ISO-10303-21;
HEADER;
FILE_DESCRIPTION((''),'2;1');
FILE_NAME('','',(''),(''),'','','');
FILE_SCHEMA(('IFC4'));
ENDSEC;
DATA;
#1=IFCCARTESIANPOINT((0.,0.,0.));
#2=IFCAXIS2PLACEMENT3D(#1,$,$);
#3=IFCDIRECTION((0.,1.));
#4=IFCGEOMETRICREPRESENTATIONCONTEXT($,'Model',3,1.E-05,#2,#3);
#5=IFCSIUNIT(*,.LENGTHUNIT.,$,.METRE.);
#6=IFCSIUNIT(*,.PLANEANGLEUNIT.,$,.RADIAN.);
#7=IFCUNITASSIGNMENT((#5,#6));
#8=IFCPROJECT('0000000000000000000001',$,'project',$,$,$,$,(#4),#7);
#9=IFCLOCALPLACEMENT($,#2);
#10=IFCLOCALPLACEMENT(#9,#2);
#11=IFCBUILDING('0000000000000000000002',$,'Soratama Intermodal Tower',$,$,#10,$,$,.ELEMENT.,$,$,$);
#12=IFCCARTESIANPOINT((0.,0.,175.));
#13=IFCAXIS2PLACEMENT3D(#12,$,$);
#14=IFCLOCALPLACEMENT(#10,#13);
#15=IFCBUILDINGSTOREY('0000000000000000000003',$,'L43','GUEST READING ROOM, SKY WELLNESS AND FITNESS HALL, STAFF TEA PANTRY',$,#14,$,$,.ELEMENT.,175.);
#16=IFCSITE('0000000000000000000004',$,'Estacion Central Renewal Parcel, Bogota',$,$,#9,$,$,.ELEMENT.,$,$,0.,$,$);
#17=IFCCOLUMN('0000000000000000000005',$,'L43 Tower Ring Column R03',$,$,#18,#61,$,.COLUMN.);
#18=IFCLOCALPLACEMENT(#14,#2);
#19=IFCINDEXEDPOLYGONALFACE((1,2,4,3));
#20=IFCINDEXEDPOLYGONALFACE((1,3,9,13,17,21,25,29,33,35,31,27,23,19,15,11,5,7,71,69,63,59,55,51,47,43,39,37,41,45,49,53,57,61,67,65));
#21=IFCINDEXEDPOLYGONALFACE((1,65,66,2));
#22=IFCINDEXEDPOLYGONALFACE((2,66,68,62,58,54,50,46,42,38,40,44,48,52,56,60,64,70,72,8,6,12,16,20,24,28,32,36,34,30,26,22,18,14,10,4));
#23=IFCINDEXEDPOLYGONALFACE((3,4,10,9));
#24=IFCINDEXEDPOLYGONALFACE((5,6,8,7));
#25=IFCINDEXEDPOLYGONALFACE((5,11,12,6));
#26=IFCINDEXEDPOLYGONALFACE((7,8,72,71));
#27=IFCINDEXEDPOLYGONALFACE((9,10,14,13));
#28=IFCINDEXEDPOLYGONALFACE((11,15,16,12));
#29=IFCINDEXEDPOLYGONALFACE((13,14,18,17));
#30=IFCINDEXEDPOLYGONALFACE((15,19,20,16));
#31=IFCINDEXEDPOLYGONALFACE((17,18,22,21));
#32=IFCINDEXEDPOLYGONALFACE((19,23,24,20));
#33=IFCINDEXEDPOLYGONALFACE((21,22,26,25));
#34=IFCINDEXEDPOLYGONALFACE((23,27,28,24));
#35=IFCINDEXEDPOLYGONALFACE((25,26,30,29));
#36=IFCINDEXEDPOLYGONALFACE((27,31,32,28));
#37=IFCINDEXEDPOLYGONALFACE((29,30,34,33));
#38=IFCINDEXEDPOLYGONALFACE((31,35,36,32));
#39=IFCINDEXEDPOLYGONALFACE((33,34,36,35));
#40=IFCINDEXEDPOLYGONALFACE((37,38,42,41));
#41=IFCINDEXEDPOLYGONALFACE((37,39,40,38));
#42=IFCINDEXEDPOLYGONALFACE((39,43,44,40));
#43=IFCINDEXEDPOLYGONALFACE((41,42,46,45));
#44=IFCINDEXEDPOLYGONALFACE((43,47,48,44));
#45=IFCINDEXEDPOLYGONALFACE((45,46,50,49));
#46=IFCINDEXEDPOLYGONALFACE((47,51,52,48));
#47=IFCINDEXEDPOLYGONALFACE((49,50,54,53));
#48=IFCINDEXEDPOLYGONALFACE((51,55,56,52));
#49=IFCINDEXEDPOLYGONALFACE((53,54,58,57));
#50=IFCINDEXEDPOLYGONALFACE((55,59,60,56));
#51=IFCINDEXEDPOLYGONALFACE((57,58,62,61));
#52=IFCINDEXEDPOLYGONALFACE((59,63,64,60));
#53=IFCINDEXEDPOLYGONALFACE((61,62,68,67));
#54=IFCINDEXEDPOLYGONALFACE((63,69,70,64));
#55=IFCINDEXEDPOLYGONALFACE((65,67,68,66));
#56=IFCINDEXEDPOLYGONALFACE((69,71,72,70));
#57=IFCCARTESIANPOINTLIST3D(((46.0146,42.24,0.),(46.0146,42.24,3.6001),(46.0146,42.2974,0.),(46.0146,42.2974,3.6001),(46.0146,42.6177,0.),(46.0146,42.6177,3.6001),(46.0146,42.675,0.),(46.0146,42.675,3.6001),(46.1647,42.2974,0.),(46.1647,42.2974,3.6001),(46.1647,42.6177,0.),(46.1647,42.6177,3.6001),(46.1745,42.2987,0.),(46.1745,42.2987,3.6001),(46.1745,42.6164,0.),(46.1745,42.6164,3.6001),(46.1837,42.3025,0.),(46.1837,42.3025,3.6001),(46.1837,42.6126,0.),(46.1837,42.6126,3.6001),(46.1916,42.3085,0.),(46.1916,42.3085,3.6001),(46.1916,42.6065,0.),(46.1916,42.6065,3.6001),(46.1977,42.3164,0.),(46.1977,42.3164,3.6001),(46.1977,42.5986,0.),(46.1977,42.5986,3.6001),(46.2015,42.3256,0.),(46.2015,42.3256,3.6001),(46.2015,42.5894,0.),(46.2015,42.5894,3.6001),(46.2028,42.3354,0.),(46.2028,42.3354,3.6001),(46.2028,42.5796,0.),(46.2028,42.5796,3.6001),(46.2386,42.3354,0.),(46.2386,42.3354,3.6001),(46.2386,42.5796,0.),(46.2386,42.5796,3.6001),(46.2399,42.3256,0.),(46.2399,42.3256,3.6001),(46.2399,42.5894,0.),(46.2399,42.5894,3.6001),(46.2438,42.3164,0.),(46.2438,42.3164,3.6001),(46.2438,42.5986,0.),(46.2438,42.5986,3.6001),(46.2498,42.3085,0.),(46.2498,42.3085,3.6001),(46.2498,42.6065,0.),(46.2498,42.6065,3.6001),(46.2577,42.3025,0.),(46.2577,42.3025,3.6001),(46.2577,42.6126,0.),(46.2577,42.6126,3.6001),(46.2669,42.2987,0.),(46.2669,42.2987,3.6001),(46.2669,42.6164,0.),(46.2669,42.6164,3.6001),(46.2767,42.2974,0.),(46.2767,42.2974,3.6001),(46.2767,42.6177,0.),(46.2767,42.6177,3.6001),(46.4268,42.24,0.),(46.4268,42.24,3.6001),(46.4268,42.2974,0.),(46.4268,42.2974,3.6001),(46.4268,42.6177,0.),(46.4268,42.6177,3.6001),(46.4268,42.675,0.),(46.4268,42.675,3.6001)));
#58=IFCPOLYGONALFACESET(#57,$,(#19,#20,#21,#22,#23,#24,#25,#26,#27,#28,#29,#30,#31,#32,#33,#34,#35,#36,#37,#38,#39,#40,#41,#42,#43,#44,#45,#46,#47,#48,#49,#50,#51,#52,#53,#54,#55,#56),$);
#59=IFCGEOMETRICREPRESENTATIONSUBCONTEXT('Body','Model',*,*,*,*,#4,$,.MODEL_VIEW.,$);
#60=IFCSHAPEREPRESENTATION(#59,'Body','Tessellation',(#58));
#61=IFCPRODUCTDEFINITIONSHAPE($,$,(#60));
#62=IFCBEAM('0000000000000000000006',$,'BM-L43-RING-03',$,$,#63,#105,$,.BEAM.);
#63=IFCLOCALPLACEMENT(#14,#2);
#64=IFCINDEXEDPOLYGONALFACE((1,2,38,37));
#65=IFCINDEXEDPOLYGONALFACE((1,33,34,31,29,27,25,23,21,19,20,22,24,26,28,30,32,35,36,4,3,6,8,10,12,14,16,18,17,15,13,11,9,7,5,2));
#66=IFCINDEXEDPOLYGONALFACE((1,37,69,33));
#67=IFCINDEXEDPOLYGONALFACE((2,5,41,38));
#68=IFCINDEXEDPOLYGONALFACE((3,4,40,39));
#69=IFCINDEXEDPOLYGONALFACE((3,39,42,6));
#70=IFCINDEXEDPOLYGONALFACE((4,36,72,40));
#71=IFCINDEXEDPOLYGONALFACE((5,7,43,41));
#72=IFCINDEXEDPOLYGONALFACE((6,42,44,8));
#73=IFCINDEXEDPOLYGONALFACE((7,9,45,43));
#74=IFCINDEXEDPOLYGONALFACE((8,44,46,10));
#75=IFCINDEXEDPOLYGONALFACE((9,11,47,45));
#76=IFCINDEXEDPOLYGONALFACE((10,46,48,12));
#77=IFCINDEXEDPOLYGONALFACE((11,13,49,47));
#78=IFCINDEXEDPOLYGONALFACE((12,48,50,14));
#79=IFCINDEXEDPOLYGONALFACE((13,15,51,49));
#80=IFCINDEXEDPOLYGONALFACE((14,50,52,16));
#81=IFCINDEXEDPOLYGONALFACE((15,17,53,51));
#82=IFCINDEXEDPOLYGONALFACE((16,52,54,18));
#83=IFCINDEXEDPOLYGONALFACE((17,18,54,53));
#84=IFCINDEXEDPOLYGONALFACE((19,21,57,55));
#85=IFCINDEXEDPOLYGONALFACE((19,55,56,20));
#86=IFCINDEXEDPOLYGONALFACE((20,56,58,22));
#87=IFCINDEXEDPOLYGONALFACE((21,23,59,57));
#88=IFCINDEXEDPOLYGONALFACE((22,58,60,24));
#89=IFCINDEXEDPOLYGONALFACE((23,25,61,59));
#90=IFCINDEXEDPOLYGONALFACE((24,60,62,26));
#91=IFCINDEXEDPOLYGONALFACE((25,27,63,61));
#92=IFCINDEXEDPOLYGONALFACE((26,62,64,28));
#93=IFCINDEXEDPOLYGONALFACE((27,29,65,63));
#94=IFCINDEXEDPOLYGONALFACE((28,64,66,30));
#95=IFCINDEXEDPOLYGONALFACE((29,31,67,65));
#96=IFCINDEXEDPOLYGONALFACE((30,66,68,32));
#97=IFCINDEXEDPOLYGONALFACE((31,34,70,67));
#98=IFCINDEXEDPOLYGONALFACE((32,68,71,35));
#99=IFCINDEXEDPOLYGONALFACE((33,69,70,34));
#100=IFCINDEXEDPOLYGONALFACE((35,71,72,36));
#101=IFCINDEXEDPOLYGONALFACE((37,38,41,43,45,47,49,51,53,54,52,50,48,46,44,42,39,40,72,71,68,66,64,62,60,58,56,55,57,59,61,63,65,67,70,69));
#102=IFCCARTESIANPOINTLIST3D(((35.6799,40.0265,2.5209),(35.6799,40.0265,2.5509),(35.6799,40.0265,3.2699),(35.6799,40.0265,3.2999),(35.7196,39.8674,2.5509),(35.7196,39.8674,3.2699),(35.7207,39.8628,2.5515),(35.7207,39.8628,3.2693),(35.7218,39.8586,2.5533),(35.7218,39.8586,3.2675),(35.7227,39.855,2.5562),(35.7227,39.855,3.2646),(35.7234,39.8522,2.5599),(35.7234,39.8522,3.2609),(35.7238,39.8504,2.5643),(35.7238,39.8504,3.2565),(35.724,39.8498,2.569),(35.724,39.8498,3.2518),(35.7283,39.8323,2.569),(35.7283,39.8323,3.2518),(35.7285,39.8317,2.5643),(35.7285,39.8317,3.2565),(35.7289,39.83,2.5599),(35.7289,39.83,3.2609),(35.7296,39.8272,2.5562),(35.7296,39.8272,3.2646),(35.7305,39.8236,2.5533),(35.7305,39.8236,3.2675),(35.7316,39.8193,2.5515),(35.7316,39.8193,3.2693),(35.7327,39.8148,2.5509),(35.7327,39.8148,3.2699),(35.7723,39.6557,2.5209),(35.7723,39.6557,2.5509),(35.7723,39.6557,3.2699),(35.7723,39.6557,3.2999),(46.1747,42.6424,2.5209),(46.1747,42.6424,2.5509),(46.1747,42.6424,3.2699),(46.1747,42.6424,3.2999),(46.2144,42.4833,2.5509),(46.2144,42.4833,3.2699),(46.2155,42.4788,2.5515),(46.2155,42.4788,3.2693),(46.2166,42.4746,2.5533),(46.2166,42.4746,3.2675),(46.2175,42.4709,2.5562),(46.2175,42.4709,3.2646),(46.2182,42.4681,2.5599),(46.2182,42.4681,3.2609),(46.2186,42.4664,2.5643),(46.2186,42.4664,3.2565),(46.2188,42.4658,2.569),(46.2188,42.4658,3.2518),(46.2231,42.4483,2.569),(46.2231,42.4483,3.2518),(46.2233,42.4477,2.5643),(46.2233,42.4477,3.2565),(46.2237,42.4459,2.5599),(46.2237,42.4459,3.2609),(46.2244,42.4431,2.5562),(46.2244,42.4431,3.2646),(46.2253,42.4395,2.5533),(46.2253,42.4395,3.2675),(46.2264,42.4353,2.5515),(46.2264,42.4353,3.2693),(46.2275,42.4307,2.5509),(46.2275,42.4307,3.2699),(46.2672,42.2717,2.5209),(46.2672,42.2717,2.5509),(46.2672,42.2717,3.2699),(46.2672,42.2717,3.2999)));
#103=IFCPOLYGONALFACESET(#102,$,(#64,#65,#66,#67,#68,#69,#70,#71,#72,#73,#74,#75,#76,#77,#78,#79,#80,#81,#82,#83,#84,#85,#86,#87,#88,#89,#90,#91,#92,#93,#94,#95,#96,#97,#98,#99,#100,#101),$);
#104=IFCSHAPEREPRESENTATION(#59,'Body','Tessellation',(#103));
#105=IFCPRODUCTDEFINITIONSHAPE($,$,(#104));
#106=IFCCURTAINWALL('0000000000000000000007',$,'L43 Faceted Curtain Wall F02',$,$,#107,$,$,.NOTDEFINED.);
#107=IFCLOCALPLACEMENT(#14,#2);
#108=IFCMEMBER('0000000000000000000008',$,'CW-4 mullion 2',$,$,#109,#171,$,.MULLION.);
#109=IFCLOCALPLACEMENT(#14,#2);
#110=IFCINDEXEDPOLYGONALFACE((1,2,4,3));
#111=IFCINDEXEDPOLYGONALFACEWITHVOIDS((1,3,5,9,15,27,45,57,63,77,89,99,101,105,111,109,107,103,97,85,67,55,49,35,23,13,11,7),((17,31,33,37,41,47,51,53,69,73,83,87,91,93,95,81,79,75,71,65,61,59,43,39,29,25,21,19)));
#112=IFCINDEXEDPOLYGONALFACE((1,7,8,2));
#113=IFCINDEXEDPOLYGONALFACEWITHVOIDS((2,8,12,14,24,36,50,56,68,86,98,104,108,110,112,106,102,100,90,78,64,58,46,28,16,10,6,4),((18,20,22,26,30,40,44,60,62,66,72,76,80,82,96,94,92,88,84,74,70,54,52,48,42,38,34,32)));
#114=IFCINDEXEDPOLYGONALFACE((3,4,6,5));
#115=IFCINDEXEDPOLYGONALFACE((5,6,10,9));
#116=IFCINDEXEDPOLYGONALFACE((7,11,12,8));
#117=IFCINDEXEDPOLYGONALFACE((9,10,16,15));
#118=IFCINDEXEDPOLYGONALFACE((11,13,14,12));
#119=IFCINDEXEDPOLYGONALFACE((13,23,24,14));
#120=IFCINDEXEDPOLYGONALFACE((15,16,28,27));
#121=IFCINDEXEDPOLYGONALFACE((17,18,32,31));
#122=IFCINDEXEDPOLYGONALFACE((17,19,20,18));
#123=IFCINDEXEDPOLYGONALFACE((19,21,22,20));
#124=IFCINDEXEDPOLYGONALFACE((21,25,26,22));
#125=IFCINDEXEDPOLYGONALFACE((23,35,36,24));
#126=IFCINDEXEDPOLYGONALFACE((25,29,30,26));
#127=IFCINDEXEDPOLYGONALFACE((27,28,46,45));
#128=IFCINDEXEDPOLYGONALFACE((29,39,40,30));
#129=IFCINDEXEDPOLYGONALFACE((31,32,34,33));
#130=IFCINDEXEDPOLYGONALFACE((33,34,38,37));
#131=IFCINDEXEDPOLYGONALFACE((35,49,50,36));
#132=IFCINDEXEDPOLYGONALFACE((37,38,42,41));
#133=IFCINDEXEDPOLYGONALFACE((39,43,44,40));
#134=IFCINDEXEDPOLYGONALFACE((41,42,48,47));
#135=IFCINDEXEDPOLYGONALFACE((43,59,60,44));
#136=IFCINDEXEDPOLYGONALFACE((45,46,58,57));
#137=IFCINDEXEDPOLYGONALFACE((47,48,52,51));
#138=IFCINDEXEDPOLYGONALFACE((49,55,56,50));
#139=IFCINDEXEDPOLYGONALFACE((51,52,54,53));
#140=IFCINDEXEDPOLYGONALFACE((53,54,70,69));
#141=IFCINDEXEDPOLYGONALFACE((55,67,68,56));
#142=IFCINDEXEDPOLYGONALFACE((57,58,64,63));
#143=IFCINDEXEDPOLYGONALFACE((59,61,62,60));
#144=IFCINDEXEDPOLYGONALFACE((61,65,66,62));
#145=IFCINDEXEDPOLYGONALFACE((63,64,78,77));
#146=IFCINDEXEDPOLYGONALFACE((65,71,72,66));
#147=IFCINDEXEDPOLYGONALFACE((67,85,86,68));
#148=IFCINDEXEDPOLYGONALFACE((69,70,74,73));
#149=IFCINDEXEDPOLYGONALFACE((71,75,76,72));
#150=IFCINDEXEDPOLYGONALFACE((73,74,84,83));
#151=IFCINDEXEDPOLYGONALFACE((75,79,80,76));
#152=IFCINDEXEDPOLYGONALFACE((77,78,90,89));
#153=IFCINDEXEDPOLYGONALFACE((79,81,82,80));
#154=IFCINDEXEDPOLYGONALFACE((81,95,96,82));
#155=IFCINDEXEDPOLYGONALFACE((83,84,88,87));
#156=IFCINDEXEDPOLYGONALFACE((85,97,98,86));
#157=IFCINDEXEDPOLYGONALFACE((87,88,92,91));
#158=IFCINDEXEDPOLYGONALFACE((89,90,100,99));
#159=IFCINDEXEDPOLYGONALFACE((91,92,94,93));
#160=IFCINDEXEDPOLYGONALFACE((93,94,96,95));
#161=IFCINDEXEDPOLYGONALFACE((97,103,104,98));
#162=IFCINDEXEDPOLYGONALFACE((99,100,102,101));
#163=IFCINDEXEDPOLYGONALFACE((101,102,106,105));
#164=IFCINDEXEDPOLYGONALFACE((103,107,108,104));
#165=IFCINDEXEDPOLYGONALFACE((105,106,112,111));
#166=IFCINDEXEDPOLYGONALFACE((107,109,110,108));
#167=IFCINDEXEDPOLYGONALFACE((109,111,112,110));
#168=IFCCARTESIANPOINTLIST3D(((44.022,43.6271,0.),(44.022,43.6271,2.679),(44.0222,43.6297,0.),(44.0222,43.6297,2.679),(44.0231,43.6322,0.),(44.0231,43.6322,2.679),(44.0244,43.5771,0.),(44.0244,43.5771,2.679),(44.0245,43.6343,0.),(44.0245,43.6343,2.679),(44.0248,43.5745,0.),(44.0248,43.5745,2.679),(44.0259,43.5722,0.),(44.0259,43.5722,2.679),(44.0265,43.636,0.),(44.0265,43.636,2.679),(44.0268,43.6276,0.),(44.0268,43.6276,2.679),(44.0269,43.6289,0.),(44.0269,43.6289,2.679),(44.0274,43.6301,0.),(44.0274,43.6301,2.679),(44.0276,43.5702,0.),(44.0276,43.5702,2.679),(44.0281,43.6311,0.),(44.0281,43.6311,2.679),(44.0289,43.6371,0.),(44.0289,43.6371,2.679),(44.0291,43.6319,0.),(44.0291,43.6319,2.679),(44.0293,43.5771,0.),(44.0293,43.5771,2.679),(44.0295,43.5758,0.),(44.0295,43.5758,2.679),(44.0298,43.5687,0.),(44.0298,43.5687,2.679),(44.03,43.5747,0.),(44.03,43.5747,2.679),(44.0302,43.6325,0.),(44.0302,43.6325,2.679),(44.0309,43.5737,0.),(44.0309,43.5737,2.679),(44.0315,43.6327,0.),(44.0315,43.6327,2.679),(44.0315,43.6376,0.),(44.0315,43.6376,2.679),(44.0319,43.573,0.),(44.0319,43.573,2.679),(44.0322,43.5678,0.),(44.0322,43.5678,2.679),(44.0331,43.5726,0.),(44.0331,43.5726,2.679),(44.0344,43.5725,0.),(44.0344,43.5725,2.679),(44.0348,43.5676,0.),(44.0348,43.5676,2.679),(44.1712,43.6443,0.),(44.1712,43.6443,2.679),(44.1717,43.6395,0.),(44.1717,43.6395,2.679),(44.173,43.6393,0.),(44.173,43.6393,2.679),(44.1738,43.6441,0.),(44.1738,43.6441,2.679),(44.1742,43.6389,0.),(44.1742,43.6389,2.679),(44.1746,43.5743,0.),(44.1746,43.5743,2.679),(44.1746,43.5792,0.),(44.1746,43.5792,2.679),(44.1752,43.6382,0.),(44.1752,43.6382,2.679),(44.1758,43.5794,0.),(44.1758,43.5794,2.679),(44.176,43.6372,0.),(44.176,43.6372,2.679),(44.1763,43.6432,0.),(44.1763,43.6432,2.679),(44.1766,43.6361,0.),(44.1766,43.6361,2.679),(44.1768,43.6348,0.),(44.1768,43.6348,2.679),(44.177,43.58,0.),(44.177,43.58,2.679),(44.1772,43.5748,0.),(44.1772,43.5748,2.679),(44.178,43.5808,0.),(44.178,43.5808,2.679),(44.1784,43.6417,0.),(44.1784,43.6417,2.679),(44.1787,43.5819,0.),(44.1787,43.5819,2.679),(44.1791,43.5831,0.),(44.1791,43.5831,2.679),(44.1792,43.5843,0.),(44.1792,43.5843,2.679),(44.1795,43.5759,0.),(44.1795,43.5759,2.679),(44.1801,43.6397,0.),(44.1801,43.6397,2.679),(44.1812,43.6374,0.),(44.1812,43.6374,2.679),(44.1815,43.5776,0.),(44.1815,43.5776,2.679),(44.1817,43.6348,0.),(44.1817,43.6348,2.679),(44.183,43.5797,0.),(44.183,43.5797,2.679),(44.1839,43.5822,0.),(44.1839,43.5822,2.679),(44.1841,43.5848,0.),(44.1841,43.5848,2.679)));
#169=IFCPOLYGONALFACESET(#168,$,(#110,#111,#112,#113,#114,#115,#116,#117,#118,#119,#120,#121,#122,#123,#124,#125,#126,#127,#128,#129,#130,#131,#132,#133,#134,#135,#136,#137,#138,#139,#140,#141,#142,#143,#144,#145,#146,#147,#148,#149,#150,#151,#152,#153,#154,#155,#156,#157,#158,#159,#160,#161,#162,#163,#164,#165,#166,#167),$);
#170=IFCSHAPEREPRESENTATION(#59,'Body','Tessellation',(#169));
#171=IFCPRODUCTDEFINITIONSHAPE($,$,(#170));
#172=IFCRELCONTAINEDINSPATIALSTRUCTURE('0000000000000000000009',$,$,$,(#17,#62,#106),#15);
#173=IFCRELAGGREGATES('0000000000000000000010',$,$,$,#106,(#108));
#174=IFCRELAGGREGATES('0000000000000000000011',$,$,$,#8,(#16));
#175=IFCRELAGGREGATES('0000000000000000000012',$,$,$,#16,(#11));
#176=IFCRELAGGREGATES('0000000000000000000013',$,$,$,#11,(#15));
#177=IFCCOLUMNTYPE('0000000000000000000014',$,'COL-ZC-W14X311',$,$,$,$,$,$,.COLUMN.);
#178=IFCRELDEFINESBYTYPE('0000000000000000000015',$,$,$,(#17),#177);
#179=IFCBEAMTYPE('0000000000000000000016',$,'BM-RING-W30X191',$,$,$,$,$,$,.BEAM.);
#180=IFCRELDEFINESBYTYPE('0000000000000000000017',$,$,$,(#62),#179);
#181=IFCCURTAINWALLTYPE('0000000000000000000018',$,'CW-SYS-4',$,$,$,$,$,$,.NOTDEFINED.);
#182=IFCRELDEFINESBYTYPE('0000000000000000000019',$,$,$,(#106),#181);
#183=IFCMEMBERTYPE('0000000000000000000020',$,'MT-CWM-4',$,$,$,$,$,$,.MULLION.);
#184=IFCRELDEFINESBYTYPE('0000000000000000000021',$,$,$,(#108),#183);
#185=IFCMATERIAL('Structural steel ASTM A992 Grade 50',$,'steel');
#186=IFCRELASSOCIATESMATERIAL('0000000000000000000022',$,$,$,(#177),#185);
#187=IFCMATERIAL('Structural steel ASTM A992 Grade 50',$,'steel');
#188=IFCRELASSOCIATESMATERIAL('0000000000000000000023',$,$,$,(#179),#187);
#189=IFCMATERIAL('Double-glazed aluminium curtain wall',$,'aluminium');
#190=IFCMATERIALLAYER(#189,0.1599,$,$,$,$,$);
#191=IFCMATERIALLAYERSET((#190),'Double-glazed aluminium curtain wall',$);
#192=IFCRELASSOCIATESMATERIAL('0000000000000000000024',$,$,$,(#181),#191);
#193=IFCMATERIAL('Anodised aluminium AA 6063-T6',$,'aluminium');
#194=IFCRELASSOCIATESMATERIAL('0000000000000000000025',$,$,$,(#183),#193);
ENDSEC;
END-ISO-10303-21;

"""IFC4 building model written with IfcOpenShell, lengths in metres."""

from ifc_helpers import new_model, si_unit, direction, frame, origin, origin_2d, place, context, subcontext, project, spatial, hollow_rectangle, i_section, extrude, material, layer, layer_set, material_profile, profile_set, type_object, element, aggregate, save


model = new_model("IFC4")

# Units and contexts
model_context = context("Model", 3, precision=1e-05, world=origin(), true_north=direction((0.0, 1.0)))
body_context = subcontext(model_context, "Body", "Model", "MODEL_VIEW")
ifc_project = project(units=[si_unit("LENGTHUNIT", "METRE"), si_unit("PLANEANGLEUNIT", "RADIAN")], contexts=[model_context])

# Site, building, storey
site_placement = place(None, origin())
site = spatial("IfcSite", under=ifc_project, at=site_placement, Name="Estacion Central Renewal Parcel, Bogota", CompositionType="ELEMENT", RefElevation=0.0)
building_placement = place(site_placement, origin())
building = spatial("IfcBuilding", under=site, at=building_placement, Name="Soratama Intermodal Tower", CompositionType="ELEMENT")
storey_placement = place(building_placement, frame((0.0, 0.0, 175.0)))
storey = spatial("IfcBuildingStorey", under=building, at=storey_placement, Name="L43", Description="GUEST READING ROOM, SKY WELLNESS AND FITNESS HALL, STAFF TEA PANTRY", CompositionType="ELEMENT", Elevation=175.0)

# Column
ifc_material_1 = material(Name="Structural steel ASTM A992 Grade 50", Category="steel")
ifc_material_profile_1 = material_profile(ifc_material_1, i_section(OverallWidth=0.4121, OverallDepth=0.4351, WebThickness=0.0359, FlangeThickness=0.0574, FilletRadius=0.0381, at=origin_2d()), Name="W14X311")
ifc_profile_set_1 = profile_set([ifc_material_profile_1], Name="Structural steel ASTM A992 Grade 50")
column_type = type_object("IfcColumnType", Name="COL-ZC-W14X311", PredefinedType="COLUMN", material=ifc_profile_set_1)
column_placement = place(storey_placement, frame((46.2207, 42.4575, 0.0), z_axis=(0.0, 0.0, 1.0), x_axis=(1.0, 0.0, 0.0)))
element("IfcColumn", 1, at=column_placement, inside=storey, type_object=column_type, Name="L43 Tower Ring Column R03", PredefinedType="COLUMN", context=body_context, shape_type="SweptSolid", body=[
    extrude(i_section(OverallWidth=0.4121, OverallDepth=0.4351, WebThickness=0.0359, FlangeThickness=0.0574, FilletRadius=0.0381, at=origin_2d()), origin(), (0.0, 0.0, 1.0), 3.6001),
])

# Beam
ifc_material_2 = material(Name="Structural steel ASTM A992 Grade 50", Category="steel")
ifc_material_profile_2 = material_profile(ifc_material_2, i_section(OverallWidth=0.3821, OverallDepth=0.7791, WebThickness=0.0181, FlangeThickness=0.03, FilletRadius=0.0181, at=origin_2d()), Name="W30X191")
ifc_profile_set_2 = profile_set([ifc_material_profile_2], Name="Structural steel ASTM A992 Grade 50")
beam_type = type_object("IfcBeamType", Name="BM-RING-W30X191", PredefinedType="BEAM", material=ifc_profile_set_2)
beam_placement = place(storey_placement, frame((46.2209, 42.457, 2.9104), z_axis=(-0.970311, -0.241861, 0.0), x_axis=(0.241861, -0.970311, 0.0)))
element("IfcBeam", 2, at=beam_placement, inside=storey, type_object=beam_type, Name="BM-L43-RING-03", PredefinedType="BEAM", context=body_context, shape_type="SweptSolid", body=[
    extrude(i_section(OverallWidth=0.3821, OverallDepth=0.7791, WebThickness=0.0181, FlangeThickness=0.03, FilletRadius=0.0181, at=origin_2d()), origin(), (0.0, 0.0, 1.0), 10.8159),
])

# Curtain wall, member
ifc_material_3 = material(Name="Double-glazed aluminium curtain wall", Category="aluminium")
ifc_layer_1 = layer(ifc_material_3, 0.1599)
ifc_layer_set_1 = layer_set([ifc_layer_1], Name="Double-glazed aluminium curtain wall")
curtain_wall_type = type_object("IfcCurtainWallType", Name="CW-SYS-4", PredefinedType="NOTDEFINED", material=ifc_layer_set_1)
curtain_wall_placement = place(storey_placement, origin())
curtain_wall = element("IfcCurtainWall", 3, at=curtain_wall_placement, inside=storey, type_object=curtain_wall_type, Name="L43 Faceted Curtain Wall F02", PredefinedType="NOTDEFINED")
ifc_material_4 = material(Name="Anodised aluminium AA 6063-T6", Category="aluminium")
ifc_material_profile_3 = material_profile(ifc_material_4, hollow_rectangle(XDim=0.0701, YDim=0.1599, WallThickness=0.0049, InnerFilletRadius=0.0049, OuterFilletRadius=0.01, at=origin_2d()), Name="CWM160X70X5")
ifc_profile_set_3 = profile_set([ifc_material_profile_3], Name="Anodised aluminium AA 6063-T6")
member_type_1 = type_object("IfcMemberType", Name="MT-CWM-4", PredefinedType="MULLION", material=ifc_profile_set_3)
member_1_placement = place(storey_placement, frame((44.103, 43.606, 0.0), z_axis=(0.0, 0.0, 1.0), x_axis=(0.048154, -0.99884, 0.0)))
member_1 = element("IfcMember", 4, at=member_1_placement, type_object=member_type_1, Name="CW-4 mullion 2", PredefinedType="MULLION", context=body_context, shape_type="SweptSolid", body=[
    extrude(hollow_rectangle(XDim=0.0701, YDim=0.1599, WallThickness=0.0049, InnerFilletRadius=0.0049, OuterFilletRadius=0.01, at=origin_2d()), origin(), (0.0, 0.0, 1.0), 2.679),
])
aggregate(curtain_wall, [member_1])

save(model, "model.ifc")
